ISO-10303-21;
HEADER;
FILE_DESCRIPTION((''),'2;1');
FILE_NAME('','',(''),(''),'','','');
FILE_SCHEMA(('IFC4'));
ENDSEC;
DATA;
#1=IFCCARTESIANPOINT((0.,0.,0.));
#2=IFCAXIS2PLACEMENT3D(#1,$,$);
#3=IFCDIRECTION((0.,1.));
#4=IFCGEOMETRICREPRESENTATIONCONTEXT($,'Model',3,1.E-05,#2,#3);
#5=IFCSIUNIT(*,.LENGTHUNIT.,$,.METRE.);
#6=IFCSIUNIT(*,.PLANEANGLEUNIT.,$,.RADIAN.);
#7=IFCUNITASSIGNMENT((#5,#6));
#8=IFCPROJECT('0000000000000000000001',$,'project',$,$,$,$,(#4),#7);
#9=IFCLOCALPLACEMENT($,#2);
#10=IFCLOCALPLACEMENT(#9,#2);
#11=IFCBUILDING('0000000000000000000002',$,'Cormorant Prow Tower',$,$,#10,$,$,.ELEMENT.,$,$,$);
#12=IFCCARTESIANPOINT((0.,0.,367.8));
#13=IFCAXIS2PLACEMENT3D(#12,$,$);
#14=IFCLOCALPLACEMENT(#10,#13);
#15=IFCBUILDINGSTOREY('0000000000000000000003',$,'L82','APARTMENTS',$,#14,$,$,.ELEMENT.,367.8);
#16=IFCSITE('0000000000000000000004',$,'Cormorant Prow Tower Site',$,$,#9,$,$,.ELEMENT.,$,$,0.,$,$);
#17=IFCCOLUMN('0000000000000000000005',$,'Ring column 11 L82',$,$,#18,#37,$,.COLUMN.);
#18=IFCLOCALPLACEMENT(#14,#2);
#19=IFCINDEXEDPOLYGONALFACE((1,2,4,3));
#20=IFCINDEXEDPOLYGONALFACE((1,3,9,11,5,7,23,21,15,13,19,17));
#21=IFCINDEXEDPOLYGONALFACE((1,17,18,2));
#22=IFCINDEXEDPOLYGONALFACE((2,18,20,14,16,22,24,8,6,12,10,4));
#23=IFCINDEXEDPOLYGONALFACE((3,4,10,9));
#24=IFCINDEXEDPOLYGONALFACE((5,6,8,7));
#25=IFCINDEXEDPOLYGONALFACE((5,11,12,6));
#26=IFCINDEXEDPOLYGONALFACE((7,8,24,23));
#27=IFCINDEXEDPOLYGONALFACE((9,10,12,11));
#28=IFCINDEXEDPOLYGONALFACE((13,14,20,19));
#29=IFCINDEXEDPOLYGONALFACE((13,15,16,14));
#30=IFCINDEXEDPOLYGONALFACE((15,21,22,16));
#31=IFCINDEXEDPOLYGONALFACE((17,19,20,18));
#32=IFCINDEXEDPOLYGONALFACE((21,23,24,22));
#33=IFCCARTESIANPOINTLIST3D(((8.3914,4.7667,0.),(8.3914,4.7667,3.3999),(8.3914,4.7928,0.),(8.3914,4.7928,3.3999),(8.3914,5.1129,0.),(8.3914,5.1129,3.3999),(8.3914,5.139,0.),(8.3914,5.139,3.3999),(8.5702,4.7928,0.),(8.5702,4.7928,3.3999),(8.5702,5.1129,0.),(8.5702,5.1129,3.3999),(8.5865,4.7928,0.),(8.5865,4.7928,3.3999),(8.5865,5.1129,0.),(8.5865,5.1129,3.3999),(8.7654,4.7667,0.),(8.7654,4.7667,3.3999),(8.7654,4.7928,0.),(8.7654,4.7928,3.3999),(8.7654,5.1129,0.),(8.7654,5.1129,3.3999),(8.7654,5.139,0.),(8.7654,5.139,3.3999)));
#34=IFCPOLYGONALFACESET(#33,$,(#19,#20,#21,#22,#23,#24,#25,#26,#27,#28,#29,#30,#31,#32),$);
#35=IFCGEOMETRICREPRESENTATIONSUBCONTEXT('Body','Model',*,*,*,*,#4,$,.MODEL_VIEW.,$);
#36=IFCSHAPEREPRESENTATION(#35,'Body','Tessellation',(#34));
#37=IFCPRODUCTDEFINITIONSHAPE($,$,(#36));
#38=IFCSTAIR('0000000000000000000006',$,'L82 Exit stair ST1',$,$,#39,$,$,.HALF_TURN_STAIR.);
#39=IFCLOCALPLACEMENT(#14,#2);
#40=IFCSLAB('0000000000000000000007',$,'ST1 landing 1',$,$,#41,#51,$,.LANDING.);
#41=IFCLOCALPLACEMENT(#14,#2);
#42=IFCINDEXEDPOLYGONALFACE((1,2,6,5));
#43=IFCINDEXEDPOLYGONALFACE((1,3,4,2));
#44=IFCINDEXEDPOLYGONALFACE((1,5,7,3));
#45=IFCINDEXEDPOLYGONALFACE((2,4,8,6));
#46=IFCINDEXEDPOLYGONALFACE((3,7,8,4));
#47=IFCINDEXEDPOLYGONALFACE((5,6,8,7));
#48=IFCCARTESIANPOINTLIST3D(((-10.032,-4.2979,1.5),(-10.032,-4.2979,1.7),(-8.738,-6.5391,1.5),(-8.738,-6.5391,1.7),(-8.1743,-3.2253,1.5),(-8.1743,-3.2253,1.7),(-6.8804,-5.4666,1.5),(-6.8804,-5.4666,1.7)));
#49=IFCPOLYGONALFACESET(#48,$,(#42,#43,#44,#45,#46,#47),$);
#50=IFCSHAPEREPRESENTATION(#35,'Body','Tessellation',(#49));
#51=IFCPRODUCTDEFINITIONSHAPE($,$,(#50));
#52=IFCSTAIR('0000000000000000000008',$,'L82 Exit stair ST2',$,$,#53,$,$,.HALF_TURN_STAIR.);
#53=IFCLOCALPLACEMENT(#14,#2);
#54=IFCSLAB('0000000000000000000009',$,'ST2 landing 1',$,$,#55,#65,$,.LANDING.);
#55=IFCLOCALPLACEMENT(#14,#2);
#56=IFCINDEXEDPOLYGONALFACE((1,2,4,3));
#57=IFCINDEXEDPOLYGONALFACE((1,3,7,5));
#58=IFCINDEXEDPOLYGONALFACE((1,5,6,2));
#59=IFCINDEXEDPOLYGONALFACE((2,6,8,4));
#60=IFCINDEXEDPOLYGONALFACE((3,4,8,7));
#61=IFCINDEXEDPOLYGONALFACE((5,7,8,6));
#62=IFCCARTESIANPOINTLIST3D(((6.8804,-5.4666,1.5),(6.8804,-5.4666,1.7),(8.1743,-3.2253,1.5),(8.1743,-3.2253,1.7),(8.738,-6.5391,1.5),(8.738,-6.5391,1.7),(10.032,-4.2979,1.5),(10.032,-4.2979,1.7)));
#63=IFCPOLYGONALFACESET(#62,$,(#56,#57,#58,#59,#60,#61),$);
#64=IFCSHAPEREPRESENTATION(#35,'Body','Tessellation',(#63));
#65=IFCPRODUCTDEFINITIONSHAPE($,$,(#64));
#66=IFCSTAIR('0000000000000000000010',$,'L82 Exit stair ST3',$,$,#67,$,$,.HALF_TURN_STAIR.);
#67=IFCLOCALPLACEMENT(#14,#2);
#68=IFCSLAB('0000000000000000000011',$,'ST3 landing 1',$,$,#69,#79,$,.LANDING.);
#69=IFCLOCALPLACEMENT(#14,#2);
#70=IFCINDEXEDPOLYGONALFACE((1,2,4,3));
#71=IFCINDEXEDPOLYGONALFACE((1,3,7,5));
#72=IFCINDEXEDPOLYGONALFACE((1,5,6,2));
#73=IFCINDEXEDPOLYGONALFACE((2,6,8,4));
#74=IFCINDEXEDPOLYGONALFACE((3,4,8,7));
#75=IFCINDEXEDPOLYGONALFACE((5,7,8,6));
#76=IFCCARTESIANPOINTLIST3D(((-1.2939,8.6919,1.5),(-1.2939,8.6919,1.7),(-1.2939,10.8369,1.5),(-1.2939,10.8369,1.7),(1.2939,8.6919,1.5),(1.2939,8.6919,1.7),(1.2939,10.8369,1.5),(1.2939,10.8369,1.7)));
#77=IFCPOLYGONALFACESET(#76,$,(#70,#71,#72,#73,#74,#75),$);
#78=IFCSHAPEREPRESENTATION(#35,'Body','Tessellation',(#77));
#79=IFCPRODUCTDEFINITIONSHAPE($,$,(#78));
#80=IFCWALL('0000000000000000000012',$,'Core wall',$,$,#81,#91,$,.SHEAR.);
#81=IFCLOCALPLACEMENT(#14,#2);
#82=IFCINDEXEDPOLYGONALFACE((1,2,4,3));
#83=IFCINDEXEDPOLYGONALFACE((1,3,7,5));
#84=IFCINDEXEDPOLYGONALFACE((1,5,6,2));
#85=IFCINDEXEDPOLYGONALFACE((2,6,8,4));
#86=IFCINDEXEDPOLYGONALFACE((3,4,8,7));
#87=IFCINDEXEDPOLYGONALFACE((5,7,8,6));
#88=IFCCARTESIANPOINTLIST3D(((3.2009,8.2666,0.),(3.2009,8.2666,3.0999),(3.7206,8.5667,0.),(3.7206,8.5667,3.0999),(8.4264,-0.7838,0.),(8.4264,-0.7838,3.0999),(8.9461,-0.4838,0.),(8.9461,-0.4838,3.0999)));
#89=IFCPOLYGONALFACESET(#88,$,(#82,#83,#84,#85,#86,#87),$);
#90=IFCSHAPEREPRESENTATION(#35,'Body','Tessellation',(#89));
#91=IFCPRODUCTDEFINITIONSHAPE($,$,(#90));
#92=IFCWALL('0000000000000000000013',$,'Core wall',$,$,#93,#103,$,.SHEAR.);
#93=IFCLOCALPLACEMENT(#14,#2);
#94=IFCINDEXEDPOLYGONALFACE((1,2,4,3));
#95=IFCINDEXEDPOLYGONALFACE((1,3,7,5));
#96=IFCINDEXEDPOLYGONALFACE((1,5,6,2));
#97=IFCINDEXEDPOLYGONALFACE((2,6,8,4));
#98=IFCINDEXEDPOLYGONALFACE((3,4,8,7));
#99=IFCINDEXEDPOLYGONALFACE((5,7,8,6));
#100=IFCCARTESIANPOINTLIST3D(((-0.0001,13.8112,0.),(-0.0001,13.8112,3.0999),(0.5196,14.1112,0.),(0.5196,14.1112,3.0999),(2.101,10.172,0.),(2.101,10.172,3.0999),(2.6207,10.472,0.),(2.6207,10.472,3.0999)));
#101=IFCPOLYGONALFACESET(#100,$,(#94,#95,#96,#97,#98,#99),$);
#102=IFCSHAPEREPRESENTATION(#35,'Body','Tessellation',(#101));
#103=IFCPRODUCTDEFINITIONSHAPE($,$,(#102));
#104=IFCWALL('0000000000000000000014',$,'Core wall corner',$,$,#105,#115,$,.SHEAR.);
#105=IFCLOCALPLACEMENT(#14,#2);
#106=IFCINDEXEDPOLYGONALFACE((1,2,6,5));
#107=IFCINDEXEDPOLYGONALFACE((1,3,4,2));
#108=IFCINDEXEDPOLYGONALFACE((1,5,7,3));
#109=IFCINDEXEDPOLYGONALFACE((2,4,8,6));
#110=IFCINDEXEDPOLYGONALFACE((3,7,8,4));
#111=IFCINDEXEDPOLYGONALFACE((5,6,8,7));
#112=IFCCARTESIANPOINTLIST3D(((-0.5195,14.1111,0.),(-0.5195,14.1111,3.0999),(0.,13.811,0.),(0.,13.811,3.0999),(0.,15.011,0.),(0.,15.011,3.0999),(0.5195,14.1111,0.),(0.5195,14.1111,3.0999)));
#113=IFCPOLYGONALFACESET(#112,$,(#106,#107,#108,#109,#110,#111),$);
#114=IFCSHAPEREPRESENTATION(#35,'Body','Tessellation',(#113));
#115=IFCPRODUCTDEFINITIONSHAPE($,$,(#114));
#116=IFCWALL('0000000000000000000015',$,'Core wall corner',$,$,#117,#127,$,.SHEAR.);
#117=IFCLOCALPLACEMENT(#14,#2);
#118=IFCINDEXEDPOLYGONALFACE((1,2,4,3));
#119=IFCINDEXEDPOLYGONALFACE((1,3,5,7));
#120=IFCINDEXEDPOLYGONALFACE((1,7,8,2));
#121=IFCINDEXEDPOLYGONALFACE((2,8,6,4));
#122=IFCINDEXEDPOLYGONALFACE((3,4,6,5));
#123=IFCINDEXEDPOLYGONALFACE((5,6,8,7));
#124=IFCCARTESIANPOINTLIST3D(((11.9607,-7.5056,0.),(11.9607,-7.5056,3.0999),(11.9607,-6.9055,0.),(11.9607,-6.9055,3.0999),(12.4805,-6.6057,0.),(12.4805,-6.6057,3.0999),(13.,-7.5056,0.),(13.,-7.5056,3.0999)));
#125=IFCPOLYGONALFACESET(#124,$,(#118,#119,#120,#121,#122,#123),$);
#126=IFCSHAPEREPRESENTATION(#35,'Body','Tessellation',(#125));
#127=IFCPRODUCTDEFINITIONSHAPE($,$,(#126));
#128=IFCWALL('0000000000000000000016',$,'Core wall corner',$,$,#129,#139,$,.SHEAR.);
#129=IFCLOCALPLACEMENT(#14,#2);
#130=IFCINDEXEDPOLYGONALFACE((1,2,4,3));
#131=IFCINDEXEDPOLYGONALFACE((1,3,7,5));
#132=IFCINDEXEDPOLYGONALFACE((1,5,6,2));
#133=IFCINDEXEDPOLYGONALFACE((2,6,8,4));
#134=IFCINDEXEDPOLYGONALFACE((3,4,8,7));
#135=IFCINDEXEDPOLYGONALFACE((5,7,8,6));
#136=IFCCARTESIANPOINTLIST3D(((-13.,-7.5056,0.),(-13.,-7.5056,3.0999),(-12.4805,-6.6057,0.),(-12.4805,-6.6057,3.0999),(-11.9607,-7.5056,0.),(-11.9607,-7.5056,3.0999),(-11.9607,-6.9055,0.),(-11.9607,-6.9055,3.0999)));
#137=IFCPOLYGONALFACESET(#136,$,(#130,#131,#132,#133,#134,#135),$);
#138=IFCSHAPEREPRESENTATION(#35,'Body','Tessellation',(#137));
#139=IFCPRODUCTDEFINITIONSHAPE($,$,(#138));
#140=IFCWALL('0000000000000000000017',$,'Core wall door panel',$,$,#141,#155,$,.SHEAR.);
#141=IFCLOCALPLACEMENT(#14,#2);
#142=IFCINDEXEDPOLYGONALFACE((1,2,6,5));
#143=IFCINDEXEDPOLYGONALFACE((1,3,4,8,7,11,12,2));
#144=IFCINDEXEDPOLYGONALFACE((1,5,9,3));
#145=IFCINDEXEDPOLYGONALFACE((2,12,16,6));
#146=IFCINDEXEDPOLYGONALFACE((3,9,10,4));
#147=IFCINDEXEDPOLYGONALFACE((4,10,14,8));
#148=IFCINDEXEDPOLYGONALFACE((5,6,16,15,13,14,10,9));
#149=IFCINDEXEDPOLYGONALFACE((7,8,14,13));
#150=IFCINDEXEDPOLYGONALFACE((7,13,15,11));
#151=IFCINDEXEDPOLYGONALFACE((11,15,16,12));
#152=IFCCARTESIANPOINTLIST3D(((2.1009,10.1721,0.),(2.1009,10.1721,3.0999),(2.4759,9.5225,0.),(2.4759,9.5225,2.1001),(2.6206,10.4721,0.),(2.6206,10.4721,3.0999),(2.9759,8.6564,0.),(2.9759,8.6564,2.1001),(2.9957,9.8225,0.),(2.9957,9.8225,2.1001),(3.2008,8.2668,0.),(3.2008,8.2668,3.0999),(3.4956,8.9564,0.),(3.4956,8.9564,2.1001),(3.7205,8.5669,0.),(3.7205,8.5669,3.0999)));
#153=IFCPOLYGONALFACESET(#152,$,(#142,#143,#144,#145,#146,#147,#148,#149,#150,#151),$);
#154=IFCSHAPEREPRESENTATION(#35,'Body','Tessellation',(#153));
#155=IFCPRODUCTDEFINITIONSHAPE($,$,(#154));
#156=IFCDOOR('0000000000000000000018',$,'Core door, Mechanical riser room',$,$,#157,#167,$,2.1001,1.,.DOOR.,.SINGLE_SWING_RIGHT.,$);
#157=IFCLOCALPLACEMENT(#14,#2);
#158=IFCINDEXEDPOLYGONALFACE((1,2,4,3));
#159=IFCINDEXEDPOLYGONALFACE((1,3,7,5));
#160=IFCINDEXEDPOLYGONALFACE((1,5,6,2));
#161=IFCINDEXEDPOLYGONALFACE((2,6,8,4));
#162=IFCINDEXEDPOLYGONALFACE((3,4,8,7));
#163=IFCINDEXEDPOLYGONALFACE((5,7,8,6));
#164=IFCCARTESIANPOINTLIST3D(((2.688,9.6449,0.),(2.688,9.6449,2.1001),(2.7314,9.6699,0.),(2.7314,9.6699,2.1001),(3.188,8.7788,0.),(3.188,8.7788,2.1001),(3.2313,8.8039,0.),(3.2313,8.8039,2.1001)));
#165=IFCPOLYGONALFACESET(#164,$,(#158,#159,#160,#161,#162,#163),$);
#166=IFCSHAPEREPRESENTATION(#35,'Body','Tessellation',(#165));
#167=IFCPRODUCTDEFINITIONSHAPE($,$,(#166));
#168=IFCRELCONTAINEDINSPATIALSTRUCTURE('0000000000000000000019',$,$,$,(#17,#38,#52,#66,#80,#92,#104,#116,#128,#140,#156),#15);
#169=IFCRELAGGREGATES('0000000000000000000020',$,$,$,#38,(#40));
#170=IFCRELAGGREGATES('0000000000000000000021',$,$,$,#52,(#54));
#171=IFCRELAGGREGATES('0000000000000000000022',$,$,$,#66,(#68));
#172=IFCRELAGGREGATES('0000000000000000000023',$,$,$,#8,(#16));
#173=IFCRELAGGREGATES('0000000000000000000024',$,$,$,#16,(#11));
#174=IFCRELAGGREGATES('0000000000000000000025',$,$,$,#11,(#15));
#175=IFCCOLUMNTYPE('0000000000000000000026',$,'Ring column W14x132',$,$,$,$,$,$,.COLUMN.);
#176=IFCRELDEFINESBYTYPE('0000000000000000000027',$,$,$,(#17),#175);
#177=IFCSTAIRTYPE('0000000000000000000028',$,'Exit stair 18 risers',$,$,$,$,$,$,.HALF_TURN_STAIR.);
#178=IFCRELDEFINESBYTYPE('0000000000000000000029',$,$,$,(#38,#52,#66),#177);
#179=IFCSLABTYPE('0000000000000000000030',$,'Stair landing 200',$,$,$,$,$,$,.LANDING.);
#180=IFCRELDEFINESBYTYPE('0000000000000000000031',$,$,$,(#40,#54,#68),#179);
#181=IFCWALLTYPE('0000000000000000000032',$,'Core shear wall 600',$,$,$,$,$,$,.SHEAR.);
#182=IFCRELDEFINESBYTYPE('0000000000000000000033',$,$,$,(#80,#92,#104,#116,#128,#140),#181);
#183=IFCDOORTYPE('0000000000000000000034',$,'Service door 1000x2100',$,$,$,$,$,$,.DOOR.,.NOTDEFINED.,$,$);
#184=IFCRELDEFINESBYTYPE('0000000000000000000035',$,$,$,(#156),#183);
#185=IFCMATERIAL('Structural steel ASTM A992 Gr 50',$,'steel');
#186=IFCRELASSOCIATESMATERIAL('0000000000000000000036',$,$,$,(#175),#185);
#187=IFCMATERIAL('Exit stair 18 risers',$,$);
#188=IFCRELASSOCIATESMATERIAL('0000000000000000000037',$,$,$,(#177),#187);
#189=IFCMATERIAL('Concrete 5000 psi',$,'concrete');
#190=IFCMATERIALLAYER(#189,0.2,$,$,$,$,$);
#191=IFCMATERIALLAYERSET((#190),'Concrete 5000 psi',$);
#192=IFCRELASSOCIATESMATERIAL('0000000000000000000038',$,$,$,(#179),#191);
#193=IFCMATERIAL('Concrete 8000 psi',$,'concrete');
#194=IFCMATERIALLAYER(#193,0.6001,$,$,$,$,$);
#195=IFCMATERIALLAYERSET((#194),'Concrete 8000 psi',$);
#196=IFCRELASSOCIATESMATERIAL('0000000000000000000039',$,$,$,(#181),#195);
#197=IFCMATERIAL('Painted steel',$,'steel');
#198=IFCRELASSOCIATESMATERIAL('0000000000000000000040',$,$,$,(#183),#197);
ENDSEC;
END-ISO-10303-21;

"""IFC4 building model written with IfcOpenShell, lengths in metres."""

from ifc_helpers import new_model, si_unit, direction, frame, frame_2d, origin, origin_2d, place, context, subcontext, project, spatial, polyline, rectangle, i_section, outline, extrude, material, layer, layer_set, material_profile, profile_set, type_object, element, fill, aggregate, save


model = new_model("IFC4")

# Units and contexts
model_context = context("Model", 3, precision=1e-05, world=origin(), true_north=direction((0.0, 1.0)))
body_context = subcontext(model_context, "Body", "Model", "MODEL_VIEW")
ifc_project = project(units=[si_unit("LENGTHUNIT", "METRE"), si_unit("PLANEANGLEUNIT", "RADIAN")], contexts=[model_context])

# Site, building, storey
site_placement = place(None, origin())
site = spatial("IfcSite", under=ifc_project, at=site_placement, Name="Cormorant Prow Tower Site", CompositionType="ELEMENT", RefElevation=0.0)
building_placement = place(site_placement, origin())
building = spatial("IfcBuilding", under=site, at=building_placement, Name="Cormorant Prow Tower", CompositionType="ELEMENT")
storey_placement = place(building_placement, frame((0.0, 0.0, 367.8)))
storey = spatial("IfcBuildingStorey", under=building, at=storey_placement, Name="L82", Description="APARTMENTS", CompositionType="ELEMENT", Elevation=367.8)

# Column
ifc_material_1 = material(Name="Structural steel ASTM A992 Gr 50", Category="steel")
ifc_material_profile = material_profile(ifc_material_1, i_section(OverallWidth=0.374, OverallDepth=0.3723, WebThickness=0.0164, FlangeThickness=0.0261, at=origin_2d()), Name="W14x132")
ifc_profile_set = profile_set([ifc_material_profile], Name="Structural steel ASTM A992 Gr 50")
column_type = type_object("IfcColumnType", Name="Ring column W14x132", PredefinedType="COLUMN", material=ifc_profile_set)
column_placement = place(storey_placement, frame((8.5784, 4.9529, 0.0), z_axis=(0.0, 0.0, 1.0), x_axis=(1.0, 0.0, 0.0)))
element("IfcColumn", 1, at=column_placement, inside=storey, type_object=column_type, Name="Ring column 11 L82", PredefinedType="COLUMN", context=body_context, shape_type="SweptSolid", body=[
    extrude(i_section(OverallWidth=0.374, OverallDepth=0.3723, WebThickness=0.0164, FlangeThickness=0.0261, at=origin_2d()), origin(), (0.0, 0.0, 1.0), 3.3999),
])

# Stairs, slabs
ifc_material_2 = material(Name="Exit stair 18 risers")
stair_type = type_object("IfcStairType", Name="Exit stair 18 risers", PredefinedType="HALF_TURN_STAIR", material=ifc_material_2)
stair_1_placement = place(storey_placement, origin())
stair_1 = element("IfcStair", 2, at=stair_1_placement, inside=storey, type_object=stair_type, Name="L82 Exit stair ST1", PredefinedType="HALF_TURN_STAIR")
ifc_material_3 = material(Name="Concrete 5000 psi", Category="concrete")
ifc_layer_1 = layer(ifc_material_3, 0.2)
ifc_layer_set_1 = layer_set([ifc_layer_1], Name="Concrete 5000 psi")
slab_type = type_object("IfcSlabType", Name="Stair landing 200", PredefinedType="LANDING", material=ifc_layer_set_1)
slab_1_placement = place(storey_placement, frame((0.0, 0.0, 1.5)))
slab_1 = element("IfcSlab", 3, at=slab_1_placement, type_object=slab_type, Name="ST1 landing 1", PredefinedType="LANDING", context=body_context, shape_type="SweptSolid", body=[
    extrude(outline(polyline([(-8.1743, -3.2253), (-10.032, -4.2979), (-8.738, -6.5391), (-6.8804, -5.4666), (-8.1743, -3.2253)])), origin(), (0.0, 0.0, 1.0), 0.2),
])
aggregate(stair_1, [slab_1])
stair_2_placement = place(storey_placement, origin())
stair_2 = element("IfcStair", 4, at=stair_2_placement, inside=storey, type_object=stair_type, Name="L82 Exit stair ST2", PredefinedType="HALF_TURN_STAIR")
slab_2_placement = place(storey_placement, frame((0.0, 0.0, 1.5)))
slab_2 = element("IfcSlab", 5, at=slab_2_placement, type_object=slab_type, Name="ST2 landing 1", PredefinedType="LANDING", context=body_context, shape_type="SweptSolid", body=[
    extrude(outline(polyline([(6.8804, -5.4666), (8.738, -6.5391), (10.032, -4.2979), (8.1743, -3.2253), (6.8804, -5.4666)])), origin(), (0.0, 0.0, 1.0), 0.2),
])
aggregate(stair_2, [slab_2])
stair_3_placement = place(storey_placement, origin())
stair_3 = element("IfcStair", 6, at=stair_3_placement, inside=storey, type_object=stair_type, Name="L82 Exit stair ST3", PredefinedType="HALF_TURN_STAIR")
slab_3_placement = place(storey_placement, frame((0.0, 0.0, 1.5)))
slab_3 = element("IfcSlab", 7, at=slab_3_placement, type_object=slab_type, Name="ST3 landing 1", PredefinedType="LANDING", context=body_context, shape_type="SweptSolid", body=[
    extrude(outline(polyline([(1.2939, 8.6919), (1.2939, 10.8369), (-1.2939, 10.8369), (-1.2939, 8.6919), (1.2939, 8.6919)])), origin(), (0.0, 0.0, 1.0), 0.2),
])

# Walls
ifc_material_4 = material(Name="Concrete 8000 psi", Category="concrete")
ifc_layer_2 = layer(ifc_material_4, 0.6001)
ifc_layer_set_2 = layer_set([ifc_layer_2], Name="Concrete 8000 psi")
wall_type_1 = type_object("IfcWallType", Name="Core shear wall 600", PredefinedType="SHEAR", material=ifc_layer_set_2)
wall_1_placement = place(storey_placement, frame((8.6863, -0.6338, 0.0), z_axis=(0.0, 0.0, 1.0), x_axis=(-0.500018, 0.866015, 0.0)))
element("IfcWall", 8, at=wall_1_placement, inside=storey, type_object=wall_type_1, Name="Core wall", PredefinedType="SHEAR", context=body_context, shape_type="SweptSolid", body=[
    extrude(rectangle(XDim=10.4507, YDim=0.6001, at=frame_2d((5.2253, 0.0))), origin(), (0.0, 0.0, 1.0), 3.0999),
])
wall_2_placement = place(storey_placement, frame((2.3608, 10.322, 0.0), z_axis=(0.0, 0.0, 1.0), x_axis=(-0.500001, 0.866025, 0.0)))
element("IfcWall", 9, at=wall_2_placement, inside=storey, type_object=wall_type_1, Name="Core wall", PredefinedType="SHEAR", context=body_context, shape_type="SweptSolid", body=[
    extrude(rectangle(XDim=4.2021, YDim=0.6001, at=frame_2d((2.1011, 0.0))), origin(), (0.0, 0.0, 1.0), 3.0999),
])
wall_3_placement = place(storey_placement, origin())
element("IfcWall", 10, at=wall_3_placement, inside=storey, type_object=wall_type_1, Name="Core wall corner", PredefinedType="SHEAR", context=body_context, shape_type="SweptSolid", body=[
    extrude(outline(polyline([(0.0, 13.811), (-0.5195, 14.1111), (0.0, 15.011), (0.5195, 14.1111), (0.0, 13.811)])), origin(), (0.0, 0.0, 1.0), 3.0999),
])
wall_4_placement = place(storey_placement, origin())
element("IfcWall", 11, at=wall_4_placement, inside=storey, type_object=wall_type_1, Name="Core wall corner", PredefinedType="SHEAR", context=body_context, shape_type="SweptSolid", body=[
    extrude(outline(polyline([(11.9607, -7.5056), (11.9607, -6.9055), (12.4805, -6.6057), (13.0, -7.5056), (11.9607, -7.5056)])), origin(), (0.0, 0.0, 1.0), 3.0999),
])
wall_5_placement = place(storey_placement, origin())
element("IfcWall", 12, at=wall_5_placement, inside=storey, type_object=wall_type_1, Name="Core wall corner", PredefinedType="SHEAR", context=body_context, shape_type="SweptSolid", body=[
    extrude(outline(polyline([(-12.4805, -6.6057), (-11.9607, -6.9055), (-11.9607, -7.5056), (-13.0, -7.5056), (-12.4805, -6.6057)])), origin(), (0.0, 0.0, 1.0), 3.0999),
])

# Wall, opening, door
wall_6_placement = place(storey_placement, frame((3.4607, 8.4167, 0.0), z_axis=(0.0, 0.0, 1.0), x_axis=(-0.499947, 0.866056, 0.0)))
wall_6 = element("IfcWall", 13, at=wall_6_placement, inside=storey, type_object=wall_type_1, Name="Core wall door panel", PredefinedType="SHEAR", context=body_context, shape_type="SweptSolid", body=[
    extrude(rectangle(XDim=2.2, YDim=0.6001, at=frame_2d((1.1001, 0.0))), origin(), (0.0, 0.0, 1.0), 3.0999),
])
opening_1_placement = place(wall_6_placement, frame((0.45, 0.0, 0.0)))
opening_1 = element("IfcOpeningElement", 14, at=opening_1_placement, cuts=wall_6, PredefinedType="OPENING", context=body_context, shape_type="SweptSolid", body=[
    extrude(rectangle(XDim=1.0, YDim=2.1001, at=frame_2d((0.5, 1.05))), frame((0.0, 0.3101, 0.0), z_axis=(0.0, -1.0, 0.0), x_axis=(1.0, 0.0, 0.0)), (0.0, 0.0, 1.0), 0.6201),
])
ifc_material_5 = material(Name="Painted steel", Category="steel")
door_type_1 = type_object("IfcDoorType", Name="Service door 1000x2100", OperationType="NOTDEFINED", PredefinedType="DOOR", material=ifc_material_5)
door_1_placement = place(opening_1_placement, origin())
door_1 = element("IfcDoor", 15, at=door_1_placement, inside=storey, type_object=door_type_1, Name="Core door, Mechanical riser room", OperationType="SINGLE_SWING_RIGHT", OverallHeight=2.1001, OverallWidth=1.0, PredefinedType="DOOR", context=body_context, shape_type="SweptSolid", body=[
    extrude(rectangle(XDim=1.0, YDim=2.1001, at=frame_2d((0.5, 1.05))), frame((0.0, 0.0552, 0.0), z_axis=(0.0, -1.0, 0.0), x_axis=(1.0, 0.0, 0.0)), (0.0, 0.0, 1.0), 0.05),
])
fill(opening_1, door_1)

aggregate(stair_3, [slab_3])

save(model, "model.ifc")
